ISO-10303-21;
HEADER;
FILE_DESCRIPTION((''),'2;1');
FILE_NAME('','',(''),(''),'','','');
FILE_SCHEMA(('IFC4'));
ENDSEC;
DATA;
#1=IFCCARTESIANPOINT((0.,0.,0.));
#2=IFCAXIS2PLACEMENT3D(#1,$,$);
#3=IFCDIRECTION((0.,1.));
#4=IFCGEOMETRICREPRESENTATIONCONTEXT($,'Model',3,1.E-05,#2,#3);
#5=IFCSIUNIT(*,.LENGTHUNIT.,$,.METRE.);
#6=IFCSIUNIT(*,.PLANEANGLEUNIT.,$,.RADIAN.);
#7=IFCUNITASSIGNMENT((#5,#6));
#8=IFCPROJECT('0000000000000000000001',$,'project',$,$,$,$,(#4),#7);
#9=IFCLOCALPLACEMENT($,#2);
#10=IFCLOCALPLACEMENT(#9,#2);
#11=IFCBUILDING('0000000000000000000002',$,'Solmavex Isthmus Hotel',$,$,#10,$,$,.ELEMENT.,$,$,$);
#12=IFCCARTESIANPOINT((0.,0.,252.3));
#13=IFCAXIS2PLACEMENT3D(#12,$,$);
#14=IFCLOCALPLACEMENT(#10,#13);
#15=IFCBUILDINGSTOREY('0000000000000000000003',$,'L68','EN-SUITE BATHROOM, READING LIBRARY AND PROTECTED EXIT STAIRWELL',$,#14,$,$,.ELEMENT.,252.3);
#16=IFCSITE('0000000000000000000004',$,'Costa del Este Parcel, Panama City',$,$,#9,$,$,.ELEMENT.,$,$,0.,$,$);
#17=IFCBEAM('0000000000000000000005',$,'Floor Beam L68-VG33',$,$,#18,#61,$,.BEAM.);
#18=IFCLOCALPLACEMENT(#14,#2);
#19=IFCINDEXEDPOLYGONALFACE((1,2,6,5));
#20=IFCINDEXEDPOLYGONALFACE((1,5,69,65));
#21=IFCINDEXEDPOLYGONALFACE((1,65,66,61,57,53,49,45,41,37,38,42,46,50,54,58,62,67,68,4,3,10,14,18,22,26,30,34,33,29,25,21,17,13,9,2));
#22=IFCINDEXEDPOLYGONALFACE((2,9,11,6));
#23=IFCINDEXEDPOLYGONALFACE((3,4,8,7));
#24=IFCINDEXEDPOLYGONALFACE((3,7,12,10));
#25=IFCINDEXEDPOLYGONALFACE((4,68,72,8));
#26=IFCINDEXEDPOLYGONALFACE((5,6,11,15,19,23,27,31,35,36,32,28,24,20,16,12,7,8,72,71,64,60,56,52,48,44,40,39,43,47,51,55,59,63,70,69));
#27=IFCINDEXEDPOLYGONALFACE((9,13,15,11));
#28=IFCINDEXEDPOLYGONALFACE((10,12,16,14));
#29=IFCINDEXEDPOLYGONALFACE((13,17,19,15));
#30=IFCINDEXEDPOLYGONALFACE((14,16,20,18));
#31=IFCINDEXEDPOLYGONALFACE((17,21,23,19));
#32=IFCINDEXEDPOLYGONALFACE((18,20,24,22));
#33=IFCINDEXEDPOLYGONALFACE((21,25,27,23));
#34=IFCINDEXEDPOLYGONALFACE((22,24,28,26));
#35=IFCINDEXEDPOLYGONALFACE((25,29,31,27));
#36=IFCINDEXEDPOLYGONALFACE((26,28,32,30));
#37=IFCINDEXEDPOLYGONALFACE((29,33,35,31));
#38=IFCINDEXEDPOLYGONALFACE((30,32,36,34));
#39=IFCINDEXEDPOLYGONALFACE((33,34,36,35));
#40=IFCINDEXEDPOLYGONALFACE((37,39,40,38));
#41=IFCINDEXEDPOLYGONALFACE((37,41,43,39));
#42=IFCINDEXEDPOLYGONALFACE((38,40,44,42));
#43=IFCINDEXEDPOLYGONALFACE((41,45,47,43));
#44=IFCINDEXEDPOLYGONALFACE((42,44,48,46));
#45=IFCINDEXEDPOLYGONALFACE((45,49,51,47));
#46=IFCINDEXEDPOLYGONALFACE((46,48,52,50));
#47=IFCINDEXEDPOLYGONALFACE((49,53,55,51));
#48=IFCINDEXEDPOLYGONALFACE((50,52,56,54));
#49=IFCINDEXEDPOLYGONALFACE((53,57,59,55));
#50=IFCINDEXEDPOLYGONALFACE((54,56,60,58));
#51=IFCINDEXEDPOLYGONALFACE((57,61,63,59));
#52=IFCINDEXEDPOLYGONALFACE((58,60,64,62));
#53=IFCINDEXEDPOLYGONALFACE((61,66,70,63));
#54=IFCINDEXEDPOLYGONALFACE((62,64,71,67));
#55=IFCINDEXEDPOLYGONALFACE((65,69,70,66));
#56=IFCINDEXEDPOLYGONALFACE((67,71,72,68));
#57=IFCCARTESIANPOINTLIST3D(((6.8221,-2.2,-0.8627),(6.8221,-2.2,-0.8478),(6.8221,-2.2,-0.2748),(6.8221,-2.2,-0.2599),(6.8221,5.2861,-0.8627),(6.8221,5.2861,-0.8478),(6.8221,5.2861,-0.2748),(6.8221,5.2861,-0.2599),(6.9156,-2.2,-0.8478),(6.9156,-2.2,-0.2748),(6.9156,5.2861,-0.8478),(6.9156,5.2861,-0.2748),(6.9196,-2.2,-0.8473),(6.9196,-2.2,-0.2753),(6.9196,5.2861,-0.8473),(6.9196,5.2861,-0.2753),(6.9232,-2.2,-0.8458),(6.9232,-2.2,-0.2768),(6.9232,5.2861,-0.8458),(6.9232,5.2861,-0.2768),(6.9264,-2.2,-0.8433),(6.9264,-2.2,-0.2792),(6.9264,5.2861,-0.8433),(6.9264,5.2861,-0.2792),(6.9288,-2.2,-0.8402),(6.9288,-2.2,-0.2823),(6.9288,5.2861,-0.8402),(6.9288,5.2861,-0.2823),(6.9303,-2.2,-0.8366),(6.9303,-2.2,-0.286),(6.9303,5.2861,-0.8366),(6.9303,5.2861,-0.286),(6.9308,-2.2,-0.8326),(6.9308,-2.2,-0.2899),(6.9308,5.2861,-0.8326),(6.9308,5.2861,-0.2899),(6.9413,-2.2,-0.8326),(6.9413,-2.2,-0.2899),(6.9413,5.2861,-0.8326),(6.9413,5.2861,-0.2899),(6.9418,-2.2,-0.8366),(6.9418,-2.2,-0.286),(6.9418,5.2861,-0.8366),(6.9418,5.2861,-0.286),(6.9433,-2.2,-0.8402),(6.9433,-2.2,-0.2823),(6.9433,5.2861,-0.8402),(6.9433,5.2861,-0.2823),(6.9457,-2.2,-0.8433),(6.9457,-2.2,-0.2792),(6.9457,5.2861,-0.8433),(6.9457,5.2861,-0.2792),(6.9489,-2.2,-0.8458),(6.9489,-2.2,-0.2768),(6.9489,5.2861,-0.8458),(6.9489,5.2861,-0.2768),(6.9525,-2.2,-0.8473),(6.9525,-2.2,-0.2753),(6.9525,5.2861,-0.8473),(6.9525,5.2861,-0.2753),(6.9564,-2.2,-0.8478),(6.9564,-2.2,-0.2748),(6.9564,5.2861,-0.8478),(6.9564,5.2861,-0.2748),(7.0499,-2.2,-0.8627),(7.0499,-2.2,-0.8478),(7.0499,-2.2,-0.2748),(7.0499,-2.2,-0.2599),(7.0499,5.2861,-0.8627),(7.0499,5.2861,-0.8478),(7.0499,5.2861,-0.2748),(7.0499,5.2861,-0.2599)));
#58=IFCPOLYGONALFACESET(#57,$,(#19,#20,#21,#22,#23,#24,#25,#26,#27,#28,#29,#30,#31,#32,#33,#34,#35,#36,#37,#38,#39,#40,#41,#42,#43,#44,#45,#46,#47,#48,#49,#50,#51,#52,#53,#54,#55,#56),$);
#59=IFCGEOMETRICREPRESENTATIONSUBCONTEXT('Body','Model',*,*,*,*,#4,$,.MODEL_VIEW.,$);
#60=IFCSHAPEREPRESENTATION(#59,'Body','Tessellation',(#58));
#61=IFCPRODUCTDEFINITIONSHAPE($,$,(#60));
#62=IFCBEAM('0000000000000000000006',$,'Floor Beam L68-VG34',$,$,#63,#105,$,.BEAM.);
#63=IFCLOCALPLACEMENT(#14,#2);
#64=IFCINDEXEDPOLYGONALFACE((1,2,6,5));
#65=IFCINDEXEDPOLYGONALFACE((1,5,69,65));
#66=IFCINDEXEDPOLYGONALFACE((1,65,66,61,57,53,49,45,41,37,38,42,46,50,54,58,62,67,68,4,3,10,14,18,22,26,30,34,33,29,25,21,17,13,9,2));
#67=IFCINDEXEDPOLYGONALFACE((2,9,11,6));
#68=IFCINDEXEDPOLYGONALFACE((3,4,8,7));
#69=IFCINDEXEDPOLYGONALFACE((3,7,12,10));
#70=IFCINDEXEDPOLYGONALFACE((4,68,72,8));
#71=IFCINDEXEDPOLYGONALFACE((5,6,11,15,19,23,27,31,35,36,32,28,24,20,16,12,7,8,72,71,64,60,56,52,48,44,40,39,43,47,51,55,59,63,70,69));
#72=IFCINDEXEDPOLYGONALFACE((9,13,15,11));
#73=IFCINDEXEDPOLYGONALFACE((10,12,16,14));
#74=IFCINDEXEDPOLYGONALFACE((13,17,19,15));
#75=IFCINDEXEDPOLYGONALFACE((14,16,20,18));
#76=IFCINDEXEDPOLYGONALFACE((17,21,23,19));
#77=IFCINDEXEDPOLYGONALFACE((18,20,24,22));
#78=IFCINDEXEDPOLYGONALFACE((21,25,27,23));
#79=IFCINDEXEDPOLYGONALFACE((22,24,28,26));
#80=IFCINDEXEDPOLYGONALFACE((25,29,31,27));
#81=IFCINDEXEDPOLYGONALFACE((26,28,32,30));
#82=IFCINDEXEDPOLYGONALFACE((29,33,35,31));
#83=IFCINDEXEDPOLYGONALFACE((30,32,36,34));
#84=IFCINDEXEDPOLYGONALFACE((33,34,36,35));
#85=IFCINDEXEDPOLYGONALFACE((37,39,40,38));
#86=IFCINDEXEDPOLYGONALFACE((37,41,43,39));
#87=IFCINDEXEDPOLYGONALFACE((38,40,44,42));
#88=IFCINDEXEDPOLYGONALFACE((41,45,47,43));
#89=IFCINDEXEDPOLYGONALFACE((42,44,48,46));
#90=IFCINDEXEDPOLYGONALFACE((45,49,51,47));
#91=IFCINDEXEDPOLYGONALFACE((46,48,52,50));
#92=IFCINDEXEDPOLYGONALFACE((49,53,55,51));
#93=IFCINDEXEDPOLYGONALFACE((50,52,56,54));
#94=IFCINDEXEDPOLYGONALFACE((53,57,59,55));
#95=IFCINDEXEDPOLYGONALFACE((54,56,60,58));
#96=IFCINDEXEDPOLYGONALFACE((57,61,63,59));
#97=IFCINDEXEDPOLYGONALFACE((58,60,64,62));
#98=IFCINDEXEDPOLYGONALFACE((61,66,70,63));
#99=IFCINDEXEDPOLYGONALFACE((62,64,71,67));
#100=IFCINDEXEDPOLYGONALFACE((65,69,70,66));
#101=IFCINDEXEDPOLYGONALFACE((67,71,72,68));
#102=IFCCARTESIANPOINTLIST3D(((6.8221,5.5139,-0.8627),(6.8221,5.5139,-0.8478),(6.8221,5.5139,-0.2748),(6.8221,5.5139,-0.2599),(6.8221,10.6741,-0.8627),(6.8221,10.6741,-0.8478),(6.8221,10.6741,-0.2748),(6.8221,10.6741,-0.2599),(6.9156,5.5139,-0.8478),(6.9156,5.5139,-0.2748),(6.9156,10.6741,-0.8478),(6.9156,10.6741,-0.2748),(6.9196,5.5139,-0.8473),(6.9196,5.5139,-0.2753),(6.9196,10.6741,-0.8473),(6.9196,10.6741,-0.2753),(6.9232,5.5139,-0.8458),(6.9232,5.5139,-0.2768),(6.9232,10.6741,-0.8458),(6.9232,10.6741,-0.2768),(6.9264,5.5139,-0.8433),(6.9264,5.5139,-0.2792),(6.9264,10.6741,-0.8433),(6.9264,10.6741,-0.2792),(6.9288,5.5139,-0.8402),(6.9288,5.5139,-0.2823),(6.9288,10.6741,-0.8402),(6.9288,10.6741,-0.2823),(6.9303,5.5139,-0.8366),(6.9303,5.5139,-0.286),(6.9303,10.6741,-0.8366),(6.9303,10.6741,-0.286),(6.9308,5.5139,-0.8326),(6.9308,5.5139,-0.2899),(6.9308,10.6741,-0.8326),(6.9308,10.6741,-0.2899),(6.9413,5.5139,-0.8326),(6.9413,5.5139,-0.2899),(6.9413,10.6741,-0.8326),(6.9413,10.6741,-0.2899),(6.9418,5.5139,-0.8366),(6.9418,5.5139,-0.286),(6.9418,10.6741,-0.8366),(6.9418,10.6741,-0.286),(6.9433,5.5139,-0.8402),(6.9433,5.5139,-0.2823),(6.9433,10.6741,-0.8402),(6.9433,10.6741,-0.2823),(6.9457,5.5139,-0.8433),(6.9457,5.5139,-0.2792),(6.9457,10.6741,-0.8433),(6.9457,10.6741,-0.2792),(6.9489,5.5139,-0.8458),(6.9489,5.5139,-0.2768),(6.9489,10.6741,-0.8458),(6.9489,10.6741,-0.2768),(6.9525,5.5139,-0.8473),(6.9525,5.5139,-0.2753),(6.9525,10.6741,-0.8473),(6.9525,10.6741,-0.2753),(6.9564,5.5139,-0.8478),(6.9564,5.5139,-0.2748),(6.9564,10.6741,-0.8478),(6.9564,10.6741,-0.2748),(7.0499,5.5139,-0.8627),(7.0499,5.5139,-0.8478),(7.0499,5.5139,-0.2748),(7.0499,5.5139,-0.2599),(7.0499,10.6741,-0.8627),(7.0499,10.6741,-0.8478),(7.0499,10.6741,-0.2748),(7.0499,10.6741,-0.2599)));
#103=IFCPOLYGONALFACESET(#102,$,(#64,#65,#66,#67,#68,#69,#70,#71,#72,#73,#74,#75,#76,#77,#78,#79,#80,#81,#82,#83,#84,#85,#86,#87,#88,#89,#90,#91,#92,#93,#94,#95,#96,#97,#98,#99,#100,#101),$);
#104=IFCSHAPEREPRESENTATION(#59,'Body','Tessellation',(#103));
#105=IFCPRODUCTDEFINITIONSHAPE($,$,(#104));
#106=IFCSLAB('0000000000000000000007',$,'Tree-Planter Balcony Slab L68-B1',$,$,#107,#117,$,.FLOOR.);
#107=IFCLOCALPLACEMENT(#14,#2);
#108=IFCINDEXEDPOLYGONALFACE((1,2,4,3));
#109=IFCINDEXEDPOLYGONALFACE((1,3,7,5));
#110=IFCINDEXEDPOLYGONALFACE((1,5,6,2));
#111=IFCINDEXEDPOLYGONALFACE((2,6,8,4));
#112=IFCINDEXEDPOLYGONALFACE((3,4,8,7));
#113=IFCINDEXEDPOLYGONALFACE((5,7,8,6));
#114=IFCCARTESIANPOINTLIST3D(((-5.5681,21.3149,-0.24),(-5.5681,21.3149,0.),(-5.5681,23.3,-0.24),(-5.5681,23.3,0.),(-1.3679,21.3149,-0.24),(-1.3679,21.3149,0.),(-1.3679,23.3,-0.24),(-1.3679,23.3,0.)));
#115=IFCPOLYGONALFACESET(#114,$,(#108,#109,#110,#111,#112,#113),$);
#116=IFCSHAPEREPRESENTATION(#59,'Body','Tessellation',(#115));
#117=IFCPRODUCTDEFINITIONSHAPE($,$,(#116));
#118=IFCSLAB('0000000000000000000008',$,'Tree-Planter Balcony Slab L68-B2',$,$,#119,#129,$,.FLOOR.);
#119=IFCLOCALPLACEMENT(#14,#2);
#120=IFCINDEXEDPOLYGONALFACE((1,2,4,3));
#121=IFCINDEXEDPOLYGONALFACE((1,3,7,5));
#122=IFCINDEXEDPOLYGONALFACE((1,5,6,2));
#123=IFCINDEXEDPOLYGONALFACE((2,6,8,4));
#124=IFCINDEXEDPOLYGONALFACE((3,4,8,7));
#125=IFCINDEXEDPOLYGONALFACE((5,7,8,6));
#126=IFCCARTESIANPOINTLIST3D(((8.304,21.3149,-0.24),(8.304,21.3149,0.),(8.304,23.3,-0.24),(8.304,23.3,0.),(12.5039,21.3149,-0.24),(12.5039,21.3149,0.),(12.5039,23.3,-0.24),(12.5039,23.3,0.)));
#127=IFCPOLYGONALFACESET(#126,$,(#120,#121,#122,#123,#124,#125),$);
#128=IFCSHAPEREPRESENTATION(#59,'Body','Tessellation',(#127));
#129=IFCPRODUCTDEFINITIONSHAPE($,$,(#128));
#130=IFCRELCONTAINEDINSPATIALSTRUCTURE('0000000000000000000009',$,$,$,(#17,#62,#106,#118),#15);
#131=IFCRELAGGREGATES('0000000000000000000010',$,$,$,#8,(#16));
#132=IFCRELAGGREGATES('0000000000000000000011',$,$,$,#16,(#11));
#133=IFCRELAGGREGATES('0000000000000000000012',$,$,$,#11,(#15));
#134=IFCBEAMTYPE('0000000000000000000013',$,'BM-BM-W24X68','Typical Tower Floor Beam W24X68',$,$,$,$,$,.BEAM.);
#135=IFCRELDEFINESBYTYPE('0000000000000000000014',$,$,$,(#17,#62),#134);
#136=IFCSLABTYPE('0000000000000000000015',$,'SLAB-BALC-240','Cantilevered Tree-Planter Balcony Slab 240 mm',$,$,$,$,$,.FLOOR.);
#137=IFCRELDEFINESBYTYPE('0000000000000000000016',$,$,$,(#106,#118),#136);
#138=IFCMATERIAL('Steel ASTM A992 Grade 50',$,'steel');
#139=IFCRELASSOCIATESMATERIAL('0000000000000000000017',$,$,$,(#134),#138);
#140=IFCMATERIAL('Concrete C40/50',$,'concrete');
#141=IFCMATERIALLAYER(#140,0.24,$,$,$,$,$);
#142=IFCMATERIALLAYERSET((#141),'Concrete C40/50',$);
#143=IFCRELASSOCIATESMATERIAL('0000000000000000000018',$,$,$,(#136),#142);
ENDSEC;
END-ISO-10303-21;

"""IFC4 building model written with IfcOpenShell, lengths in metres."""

from ifc_helpers import new_model, si_unit, direction, frame, origin, origin_2d, place, context, subcontext, project, spatial, polyline, i_section, outline, extrude, material, layer, layer_set, material_profile, profile_set, type_object, element, save


model = new_model("IFC4")

# Units and contexts
model_context = context("Model", 3, precision=1e-05, world=origin(), true_north=direction((0.0, 1.0)))
body_context = subcontext(model_context, "Body", "Model", "MODEL_VIEW")
ifc_project = project(units=[si_unit("LENGTHUNIT", "METRE"), si_unit("PLANEANGLEUNIT", "RADIAN")], contexts=[model_context])

# Site, building, storey
site_placement = place(None, origin())
site = spatial("IfcSite", under=ifc_project, at=site_placement, Name="Costa del Este Parcel, Panama City", CompositionType="ELEMENT", RefElevation=0.0)
building_placement = place(site_placement, origin())
building = spatial("IfcBuilding", under=site, at=building_placement, Name="Solmavex Isthmus Hotel", CompositionType="ELEMENT")
storey_placement = place(building_placement, frame((0.0, 0.0, 252.3)))
storey = spatial("IfcBuildingStorey", under=building, at=storey_placement, Name="L68", Description="EN-SUITE BATHROOM, READING LIBRARY AND PROTECTED EXIT STAIRWELL", CompositionType="ELEMENT", Elevation=252.3)

# Beams
ifc_material_1 = material(Name="Steel ASTM A992 Grade 50", Category="steel")
ifc_material_profile_1 = material_profile(ifc_material_1, i_section(OverallWidth=0.2278, OverallDepth=0.6028, WebThickness=0.0105, FlangeThickness=0.0149, FilletRadius=0.0151, at=origin_2d()), Name="W24X68")
ifc_profile_set_1 = profile_set([ifc_material_profile_1], Name="Steel ASTM A992 Grade 50")
beam_type_1 = type_object("IfcBeamType", Name="BM-BM-W24X68", Description="Typical Tower Floor Beam W24X68", PredefinedType="BEAM", material=ifc_profile_set_1)
beam_1_placement = place(storey_placement, frame((6.936, -2.2, -0.5613), z_axis=(0.0, 1.0, 0.0), x_axis=(-1.0, 0.0, 0.0)))
element("IfcBeam", 1, at=beam_1_placement, inside=storey, type_object=beam_type_1, Name="Floor Beam L68-VG33", PredefinedType="BEAM", context=body_context, shape_type="SweptSolid", body=[
    extrude(i_section(OverallWidth=0.2278, OverallDepth=0.6028, WebThickness=0.0105, FlangeThickness=0.0149, FilletRadius=0.0151, at=origin_2d()), origin(), (0.0, 0.0, 1.0), 7.4861),
])
beam_2_placement = place(storey_placement, frame((6.936, 5.5139, -0.5613), z_axis=(0.0, 1.0, 0.0), x_axis=(-1.0, 0.0, 0.0)))
element("IfcBeam", 2, at=beam_2_placement, inside=storey, type_object=beam_type_1, Name="Floor Beam L68-VG34", PredefinedType="BEAM", context=body_context, shape_type="SweptSolid", body=[
    extrude(i_section(OverallWidth=0.2278, OverallDepth=0.6028, WebThickness=0.0105, FlangeThickness=0.0149, FilletRadius=0.0151, at=origin_2d()), origin(), (0.0, 0.0, 1.0), 5.1602),
])

# Slabs
ifc_material_2 = material(Name="Concrete C40/50", Category="concrete")
ifc_layer_1 = layer(ifc_material_2, 0.24)
ifc_layer_set_1 = layer_set([ifc_layer_1], Name="Concrete C40/50")
slab_type_1 = type_object("IfcSlabType", Name="SLAB-BALC-240", Description="Cantilevered Tree-Planter Balcony Slab 240 mm", PredefinedType="FLOOR", material=ifc_layer_set_1)
slab_1_placement = place(storey_placement, frame((0.0, 0.0, -0.24)))
element("IfcSlab", 3, at=slab_1_placement, inside=storey, type_object=slab_type_1, Name="Tree-Planter Balcony Slab L68-B1", PredefinedType="FLOOR", context=body_context, shape_type="SweptSolid", body=[
    extrude(outline(polyline([(-5.5681, 21.3149), (-1.3679, 21.3149), (-1.3679, 23.3), (-5.5681, 23.3), (-5.5681, 21.3149)])), origin(), (0.0, 0.0, 1.0), 0.24),
])
slab_2_placement = place(storey_placement, frame((0.0, 0.0, -0.24)))
element("IfcSlab", 4, at=slab_2_placement, inside=storey, type_object=slab_type_1, Name="Tree-Planter Balcony Slab L68-B2", PredefinedType="FLOOR", context=body_context, shape_type="SweptSolid", body=[
    extrude(outline(polyline([(8.304, 21.3149), (12.5039, 21.3149), (12.5039, 23.3), (8.304, 23.3), (8.304, 21.3149)])), origin(), (0.0, 0.0, 1.0), 0.24),
])

save(model, "model.ifc")
